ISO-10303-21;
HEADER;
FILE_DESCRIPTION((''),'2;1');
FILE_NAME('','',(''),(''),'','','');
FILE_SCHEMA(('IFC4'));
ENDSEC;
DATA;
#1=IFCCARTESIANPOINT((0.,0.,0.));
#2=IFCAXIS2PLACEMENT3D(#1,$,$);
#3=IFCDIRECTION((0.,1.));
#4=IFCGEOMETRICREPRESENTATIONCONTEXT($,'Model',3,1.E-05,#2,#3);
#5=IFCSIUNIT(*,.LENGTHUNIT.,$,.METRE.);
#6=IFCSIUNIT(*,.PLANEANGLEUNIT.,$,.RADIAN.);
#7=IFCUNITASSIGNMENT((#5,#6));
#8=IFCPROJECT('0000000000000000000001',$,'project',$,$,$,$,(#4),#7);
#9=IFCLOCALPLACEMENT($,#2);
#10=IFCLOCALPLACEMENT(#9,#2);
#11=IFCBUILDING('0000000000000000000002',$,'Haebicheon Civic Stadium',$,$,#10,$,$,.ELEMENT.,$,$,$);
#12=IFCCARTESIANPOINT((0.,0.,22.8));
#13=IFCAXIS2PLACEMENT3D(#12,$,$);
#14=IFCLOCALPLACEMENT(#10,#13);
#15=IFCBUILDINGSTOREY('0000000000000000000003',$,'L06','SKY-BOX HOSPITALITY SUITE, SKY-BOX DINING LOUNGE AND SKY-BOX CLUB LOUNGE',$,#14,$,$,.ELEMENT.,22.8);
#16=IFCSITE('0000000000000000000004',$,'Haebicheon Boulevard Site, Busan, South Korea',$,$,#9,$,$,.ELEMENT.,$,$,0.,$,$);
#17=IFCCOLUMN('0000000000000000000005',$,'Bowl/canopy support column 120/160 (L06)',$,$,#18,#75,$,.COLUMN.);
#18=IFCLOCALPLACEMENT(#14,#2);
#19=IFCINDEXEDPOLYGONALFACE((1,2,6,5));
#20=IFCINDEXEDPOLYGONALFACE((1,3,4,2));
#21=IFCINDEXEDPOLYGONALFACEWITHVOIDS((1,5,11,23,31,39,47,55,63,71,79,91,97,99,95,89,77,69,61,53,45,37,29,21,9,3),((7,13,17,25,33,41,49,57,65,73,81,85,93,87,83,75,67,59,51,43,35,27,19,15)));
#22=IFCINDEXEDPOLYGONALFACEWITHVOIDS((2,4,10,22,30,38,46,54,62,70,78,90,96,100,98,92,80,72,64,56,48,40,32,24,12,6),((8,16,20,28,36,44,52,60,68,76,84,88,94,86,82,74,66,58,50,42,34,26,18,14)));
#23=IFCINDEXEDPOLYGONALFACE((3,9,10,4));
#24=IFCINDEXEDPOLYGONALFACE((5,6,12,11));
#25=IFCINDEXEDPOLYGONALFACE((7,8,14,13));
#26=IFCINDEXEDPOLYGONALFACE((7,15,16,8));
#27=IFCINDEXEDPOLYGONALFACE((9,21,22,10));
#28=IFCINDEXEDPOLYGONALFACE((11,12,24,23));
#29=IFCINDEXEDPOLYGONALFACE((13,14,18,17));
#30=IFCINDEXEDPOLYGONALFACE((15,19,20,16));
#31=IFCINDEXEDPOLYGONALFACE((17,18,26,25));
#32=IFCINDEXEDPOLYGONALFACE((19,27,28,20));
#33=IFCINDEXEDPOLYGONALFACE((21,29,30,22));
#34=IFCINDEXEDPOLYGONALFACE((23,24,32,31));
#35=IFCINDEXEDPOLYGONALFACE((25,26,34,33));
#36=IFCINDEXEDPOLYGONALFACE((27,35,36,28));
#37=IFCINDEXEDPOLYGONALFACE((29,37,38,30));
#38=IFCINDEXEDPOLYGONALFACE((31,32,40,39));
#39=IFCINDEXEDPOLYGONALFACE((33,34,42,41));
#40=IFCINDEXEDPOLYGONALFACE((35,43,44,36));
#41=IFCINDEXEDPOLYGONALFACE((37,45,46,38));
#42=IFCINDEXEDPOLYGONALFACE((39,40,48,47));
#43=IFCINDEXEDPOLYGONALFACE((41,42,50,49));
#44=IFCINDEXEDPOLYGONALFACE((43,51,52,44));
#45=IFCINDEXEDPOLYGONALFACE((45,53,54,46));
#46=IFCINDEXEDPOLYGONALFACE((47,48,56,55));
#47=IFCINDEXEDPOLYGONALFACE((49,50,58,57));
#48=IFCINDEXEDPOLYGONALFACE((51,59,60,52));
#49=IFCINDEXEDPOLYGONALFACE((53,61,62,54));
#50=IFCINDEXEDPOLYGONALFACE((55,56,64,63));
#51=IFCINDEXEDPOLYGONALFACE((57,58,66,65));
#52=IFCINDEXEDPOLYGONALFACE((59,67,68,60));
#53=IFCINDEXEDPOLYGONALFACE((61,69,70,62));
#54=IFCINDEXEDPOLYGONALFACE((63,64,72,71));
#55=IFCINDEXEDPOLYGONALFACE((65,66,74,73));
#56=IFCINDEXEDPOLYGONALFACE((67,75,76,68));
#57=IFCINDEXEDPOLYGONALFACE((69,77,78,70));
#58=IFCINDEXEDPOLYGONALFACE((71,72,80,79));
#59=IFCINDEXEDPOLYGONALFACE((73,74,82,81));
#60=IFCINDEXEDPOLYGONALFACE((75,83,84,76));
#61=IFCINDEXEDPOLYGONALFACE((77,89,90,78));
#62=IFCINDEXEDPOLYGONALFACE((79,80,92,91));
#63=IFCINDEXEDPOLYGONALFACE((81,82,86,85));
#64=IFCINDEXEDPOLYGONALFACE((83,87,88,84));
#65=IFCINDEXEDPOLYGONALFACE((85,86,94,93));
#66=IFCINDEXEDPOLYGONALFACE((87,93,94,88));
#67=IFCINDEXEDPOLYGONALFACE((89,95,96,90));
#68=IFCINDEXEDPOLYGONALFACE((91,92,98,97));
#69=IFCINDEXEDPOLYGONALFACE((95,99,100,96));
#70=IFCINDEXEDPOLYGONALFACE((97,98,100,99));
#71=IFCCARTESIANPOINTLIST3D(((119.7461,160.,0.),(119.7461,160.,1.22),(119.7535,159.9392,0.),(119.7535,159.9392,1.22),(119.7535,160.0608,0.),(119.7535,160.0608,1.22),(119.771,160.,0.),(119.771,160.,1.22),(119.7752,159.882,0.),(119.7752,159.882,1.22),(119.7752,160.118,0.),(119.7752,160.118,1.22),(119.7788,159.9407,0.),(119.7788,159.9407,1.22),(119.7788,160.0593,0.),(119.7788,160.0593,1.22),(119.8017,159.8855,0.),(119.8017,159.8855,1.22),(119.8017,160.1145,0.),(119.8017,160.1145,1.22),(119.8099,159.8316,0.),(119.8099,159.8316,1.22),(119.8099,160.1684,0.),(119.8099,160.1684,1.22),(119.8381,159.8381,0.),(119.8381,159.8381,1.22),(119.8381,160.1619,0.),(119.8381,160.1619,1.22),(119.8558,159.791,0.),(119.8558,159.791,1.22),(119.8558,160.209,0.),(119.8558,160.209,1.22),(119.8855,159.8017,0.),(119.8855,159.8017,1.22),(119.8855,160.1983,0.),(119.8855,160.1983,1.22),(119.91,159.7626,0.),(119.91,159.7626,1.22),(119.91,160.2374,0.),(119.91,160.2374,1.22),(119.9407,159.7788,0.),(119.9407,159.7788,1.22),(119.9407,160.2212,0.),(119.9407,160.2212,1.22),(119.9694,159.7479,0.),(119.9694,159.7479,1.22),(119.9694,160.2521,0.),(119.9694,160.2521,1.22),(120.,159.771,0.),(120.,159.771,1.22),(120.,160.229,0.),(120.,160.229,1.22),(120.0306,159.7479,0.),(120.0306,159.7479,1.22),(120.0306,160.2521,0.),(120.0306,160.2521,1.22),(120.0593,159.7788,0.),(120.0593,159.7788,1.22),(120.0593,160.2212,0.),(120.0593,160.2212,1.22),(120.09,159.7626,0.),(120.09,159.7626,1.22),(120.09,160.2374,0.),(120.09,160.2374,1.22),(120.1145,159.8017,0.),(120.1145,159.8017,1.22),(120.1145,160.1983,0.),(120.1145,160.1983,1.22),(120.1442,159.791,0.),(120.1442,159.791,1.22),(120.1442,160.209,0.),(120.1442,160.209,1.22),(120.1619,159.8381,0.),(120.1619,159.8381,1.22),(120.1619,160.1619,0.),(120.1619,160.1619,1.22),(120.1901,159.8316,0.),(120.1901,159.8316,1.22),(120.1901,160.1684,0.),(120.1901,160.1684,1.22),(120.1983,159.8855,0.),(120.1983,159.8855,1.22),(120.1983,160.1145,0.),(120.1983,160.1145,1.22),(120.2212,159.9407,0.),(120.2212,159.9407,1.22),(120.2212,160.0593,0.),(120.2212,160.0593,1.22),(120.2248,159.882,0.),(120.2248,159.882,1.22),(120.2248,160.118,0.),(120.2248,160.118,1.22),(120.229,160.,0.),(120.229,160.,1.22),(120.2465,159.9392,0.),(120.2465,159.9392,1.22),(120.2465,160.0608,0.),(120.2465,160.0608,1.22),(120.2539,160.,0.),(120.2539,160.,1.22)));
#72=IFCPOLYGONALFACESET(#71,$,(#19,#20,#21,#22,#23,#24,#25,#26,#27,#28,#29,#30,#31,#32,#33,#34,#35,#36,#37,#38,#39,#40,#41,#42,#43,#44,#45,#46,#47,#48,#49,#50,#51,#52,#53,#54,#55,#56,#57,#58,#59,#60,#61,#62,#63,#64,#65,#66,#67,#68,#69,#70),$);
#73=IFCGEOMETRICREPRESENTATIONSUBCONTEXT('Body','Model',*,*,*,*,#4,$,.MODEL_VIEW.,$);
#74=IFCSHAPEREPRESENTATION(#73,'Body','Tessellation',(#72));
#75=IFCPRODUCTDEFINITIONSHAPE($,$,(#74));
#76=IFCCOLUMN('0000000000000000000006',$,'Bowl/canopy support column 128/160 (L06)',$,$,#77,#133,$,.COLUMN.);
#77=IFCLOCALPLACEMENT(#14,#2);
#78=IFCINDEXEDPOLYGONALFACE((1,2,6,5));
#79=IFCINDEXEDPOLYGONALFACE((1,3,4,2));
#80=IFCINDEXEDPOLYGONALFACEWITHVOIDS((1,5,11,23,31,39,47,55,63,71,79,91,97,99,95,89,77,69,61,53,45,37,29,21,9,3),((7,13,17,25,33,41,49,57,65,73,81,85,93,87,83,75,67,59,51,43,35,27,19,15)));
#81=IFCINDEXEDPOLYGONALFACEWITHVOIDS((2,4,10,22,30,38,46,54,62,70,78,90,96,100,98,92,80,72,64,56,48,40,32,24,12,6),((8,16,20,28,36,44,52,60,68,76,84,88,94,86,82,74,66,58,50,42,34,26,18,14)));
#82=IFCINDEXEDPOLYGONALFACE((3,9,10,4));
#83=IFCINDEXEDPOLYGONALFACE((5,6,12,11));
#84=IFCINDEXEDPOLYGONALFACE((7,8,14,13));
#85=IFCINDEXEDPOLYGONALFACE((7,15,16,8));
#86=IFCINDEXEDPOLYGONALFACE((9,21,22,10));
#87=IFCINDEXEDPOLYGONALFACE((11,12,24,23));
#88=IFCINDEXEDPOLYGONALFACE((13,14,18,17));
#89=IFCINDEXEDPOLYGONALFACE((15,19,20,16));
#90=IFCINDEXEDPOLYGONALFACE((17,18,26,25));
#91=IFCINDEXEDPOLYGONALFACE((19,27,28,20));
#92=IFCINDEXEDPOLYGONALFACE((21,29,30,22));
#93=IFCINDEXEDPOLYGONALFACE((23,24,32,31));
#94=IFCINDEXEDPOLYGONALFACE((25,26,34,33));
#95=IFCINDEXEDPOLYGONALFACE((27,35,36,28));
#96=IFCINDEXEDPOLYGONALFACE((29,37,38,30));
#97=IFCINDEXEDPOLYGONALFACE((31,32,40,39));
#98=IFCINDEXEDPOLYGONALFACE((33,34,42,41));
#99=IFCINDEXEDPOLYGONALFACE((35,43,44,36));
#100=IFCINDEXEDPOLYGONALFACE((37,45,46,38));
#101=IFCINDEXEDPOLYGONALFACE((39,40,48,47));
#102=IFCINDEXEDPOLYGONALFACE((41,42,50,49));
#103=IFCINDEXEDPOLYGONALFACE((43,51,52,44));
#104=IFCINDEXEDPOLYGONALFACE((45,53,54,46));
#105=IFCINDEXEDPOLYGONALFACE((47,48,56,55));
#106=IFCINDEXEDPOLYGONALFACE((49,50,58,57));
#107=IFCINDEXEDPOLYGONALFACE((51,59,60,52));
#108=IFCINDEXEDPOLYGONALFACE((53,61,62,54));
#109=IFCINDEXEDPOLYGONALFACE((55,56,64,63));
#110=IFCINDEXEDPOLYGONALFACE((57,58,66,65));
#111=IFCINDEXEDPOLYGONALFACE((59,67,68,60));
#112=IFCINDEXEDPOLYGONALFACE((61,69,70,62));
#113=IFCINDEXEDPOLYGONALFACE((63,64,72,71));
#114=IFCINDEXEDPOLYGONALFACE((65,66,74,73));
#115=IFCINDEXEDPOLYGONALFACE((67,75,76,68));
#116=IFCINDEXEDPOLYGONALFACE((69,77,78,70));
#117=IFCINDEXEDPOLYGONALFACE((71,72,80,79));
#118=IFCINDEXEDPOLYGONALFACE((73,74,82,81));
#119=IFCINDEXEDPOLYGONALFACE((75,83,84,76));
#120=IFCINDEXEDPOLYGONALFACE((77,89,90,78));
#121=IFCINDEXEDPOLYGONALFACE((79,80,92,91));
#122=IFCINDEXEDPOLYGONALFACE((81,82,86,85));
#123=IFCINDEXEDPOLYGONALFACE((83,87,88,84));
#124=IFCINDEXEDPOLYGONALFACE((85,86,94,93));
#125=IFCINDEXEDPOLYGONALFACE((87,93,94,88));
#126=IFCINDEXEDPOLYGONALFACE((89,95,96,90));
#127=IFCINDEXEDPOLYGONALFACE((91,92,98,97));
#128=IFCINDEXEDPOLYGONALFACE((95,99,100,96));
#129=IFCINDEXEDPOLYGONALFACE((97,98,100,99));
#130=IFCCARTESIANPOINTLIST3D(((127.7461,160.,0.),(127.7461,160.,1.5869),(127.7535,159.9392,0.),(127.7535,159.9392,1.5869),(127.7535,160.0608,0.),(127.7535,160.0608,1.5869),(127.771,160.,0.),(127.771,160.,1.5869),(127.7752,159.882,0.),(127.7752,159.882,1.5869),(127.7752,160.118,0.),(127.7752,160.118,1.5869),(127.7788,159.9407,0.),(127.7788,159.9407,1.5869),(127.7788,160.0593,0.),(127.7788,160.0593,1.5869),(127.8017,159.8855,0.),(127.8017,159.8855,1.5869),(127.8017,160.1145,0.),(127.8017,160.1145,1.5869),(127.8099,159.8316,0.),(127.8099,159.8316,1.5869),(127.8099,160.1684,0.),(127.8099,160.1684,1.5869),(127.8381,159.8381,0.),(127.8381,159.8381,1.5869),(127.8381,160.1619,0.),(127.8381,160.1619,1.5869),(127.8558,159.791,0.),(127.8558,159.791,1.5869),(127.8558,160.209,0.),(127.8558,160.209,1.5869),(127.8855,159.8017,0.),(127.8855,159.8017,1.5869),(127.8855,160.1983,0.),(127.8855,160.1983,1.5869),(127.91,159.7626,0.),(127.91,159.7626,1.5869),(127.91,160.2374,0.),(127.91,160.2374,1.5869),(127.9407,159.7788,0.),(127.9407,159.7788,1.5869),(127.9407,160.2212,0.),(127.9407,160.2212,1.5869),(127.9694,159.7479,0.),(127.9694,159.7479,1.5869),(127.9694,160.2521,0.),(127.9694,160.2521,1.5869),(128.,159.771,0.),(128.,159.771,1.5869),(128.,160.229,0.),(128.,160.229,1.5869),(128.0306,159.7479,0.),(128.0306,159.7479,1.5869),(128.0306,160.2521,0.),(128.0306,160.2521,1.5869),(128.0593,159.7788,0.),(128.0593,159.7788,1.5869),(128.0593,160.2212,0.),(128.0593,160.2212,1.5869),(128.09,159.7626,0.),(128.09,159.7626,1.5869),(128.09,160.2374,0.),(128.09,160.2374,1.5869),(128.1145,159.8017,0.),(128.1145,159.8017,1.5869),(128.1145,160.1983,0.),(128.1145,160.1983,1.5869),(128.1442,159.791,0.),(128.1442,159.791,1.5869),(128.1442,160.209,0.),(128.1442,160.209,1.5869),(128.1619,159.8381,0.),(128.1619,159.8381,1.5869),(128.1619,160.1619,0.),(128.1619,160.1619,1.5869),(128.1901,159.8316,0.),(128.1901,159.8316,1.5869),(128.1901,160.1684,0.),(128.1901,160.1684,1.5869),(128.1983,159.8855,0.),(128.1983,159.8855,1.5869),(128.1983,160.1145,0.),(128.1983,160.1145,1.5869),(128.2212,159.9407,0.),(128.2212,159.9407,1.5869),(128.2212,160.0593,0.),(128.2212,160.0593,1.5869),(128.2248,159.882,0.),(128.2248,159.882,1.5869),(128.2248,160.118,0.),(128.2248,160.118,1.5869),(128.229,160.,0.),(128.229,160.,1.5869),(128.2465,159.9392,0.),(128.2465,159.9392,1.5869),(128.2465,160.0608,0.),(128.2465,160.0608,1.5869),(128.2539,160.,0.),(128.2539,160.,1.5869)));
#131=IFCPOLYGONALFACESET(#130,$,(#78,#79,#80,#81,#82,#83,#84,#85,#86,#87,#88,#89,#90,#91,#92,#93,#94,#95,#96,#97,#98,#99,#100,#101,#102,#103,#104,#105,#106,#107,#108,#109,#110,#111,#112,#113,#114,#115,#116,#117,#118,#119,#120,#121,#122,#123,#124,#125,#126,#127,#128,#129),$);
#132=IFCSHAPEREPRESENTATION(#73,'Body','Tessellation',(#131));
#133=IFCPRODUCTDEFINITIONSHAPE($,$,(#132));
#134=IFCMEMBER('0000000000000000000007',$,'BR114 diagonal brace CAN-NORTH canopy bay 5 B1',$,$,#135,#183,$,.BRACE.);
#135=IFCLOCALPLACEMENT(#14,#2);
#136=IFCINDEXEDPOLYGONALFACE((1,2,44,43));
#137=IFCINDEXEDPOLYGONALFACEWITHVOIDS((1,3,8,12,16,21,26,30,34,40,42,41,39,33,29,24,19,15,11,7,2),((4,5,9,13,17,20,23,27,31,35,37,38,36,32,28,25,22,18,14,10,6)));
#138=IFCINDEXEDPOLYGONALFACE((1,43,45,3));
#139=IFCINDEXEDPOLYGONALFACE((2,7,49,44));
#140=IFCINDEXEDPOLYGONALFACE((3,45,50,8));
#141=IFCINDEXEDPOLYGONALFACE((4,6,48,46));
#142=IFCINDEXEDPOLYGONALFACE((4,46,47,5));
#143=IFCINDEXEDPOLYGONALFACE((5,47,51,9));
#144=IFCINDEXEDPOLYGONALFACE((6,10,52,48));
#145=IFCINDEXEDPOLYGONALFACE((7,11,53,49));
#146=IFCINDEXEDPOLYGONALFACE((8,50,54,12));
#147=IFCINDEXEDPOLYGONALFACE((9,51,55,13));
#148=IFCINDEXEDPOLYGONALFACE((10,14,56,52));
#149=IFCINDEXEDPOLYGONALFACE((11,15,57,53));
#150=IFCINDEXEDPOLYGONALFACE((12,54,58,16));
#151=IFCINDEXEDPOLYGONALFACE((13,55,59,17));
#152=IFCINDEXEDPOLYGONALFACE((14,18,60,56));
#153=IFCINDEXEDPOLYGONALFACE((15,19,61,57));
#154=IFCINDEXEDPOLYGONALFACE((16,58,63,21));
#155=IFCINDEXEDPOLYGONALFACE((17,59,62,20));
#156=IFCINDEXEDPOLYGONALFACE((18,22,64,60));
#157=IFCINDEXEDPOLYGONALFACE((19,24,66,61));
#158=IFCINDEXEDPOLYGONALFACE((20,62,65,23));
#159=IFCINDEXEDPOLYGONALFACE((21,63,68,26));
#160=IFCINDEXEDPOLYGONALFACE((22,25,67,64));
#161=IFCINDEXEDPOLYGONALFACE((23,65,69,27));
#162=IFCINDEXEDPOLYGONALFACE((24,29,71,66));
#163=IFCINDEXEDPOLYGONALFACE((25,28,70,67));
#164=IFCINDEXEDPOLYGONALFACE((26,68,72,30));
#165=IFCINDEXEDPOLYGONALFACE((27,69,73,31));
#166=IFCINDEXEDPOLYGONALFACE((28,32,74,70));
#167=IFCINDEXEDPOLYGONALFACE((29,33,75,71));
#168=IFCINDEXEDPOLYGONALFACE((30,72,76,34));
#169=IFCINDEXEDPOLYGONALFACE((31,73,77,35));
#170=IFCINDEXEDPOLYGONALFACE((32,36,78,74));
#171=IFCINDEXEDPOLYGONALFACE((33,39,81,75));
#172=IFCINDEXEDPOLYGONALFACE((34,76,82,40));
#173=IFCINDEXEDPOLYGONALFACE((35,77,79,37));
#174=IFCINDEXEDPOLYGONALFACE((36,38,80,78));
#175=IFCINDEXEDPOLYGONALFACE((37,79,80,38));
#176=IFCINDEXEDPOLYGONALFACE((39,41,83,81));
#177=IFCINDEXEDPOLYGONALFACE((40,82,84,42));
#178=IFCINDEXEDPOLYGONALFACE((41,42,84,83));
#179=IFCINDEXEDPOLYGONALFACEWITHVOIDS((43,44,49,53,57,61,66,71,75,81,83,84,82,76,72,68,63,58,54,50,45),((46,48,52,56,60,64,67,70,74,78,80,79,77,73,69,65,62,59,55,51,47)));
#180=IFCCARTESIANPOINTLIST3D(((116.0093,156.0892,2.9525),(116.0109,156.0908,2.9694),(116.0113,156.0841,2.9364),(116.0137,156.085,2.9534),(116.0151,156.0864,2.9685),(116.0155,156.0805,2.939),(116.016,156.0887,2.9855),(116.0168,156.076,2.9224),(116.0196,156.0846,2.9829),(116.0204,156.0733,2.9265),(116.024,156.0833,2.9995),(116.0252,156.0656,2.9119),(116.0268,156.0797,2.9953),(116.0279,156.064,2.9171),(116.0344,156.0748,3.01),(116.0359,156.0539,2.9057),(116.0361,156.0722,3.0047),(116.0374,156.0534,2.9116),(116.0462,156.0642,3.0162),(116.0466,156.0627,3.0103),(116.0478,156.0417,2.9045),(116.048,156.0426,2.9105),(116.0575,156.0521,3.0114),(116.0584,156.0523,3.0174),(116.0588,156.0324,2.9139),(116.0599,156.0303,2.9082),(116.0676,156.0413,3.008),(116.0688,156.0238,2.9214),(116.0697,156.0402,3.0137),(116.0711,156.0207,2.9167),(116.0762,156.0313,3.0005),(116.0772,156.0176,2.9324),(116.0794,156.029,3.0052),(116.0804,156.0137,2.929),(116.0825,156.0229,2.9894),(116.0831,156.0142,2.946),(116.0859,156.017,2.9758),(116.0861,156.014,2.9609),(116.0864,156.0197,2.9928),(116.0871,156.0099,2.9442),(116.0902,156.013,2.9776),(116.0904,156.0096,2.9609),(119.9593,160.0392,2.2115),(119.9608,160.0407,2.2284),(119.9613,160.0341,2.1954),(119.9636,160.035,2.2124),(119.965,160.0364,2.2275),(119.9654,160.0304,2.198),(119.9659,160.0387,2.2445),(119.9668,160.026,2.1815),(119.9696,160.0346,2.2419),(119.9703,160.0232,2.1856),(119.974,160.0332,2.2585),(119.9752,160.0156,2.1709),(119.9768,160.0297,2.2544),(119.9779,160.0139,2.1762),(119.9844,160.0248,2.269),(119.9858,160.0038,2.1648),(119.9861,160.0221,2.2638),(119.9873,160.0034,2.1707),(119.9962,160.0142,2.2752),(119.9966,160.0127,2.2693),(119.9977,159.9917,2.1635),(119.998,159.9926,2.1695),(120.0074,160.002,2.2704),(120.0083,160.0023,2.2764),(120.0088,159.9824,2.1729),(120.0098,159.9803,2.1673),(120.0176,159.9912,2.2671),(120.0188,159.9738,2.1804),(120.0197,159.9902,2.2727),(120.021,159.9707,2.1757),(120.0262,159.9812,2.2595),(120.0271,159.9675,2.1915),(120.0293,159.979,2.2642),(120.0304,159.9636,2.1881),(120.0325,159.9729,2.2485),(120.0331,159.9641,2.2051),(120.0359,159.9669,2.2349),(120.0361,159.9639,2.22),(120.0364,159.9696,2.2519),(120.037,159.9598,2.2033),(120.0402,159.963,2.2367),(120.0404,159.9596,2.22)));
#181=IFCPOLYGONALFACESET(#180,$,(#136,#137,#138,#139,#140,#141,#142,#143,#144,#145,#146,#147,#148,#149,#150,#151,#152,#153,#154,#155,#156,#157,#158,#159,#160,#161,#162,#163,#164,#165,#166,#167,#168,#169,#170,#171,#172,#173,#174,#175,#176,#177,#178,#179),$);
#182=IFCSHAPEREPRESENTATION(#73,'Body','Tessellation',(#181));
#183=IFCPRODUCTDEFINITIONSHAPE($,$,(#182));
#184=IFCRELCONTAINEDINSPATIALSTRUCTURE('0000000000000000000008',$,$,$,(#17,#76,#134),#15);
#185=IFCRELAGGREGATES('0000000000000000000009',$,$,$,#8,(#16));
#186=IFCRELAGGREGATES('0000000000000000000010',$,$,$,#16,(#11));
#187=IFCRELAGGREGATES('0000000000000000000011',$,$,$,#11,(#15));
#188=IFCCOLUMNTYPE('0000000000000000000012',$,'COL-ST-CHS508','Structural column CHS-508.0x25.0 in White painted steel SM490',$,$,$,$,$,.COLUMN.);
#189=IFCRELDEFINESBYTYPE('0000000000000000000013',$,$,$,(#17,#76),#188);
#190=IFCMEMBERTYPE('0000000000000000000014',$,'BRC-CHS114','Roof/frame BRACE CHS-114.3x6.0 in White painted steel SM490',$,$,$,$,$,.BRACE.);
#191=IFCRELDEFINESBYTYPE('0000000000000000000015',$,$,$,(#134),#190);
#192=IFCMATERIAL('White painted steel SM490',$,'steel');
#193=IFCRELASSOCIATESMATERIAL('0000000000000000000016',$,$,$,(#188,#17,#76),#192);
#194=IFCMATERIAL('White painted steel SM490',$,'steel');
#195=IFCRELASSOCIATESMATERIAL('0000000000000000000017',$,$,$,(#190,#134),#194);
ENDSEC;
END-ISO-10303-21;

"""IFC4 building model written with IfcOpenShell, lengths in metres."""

from ifc_helpers import new_model, si_unit, direction, frame, origin, origin_2d, place, context, subcontext, project, spatial, hollow_circle, extrude, material, material_profile, profile_set, type_object, element, save


model = new_model("IFC4")

# Units and contexts
model_context = context("Model", 3, precision=1e-05, world=origin(), true_north=direction((0.0, 1.0)))
body_context = subcontext(model_context, "Body", "Model", "MODEL_VIEW")
ifc_project = project(units=[si_unit("LENGTHUNIT", "METRE"), si_unit("PLANEANGLEUNIT", "RADIAN")], contexts=[model_context])

# Site, building, storey
site_placement = place(None, origin())
site = spatial("IfcSite", under=ifc_project, at=site_placement, Name="Haebicheon Boulevard Site, Busan, South Korea", CompositionType="ELEMENT", RefElevation=0.0)
building_placement = place(site_placement, origin())
building = spatial("IfcBuilding", under=site, at=building_placement, Name="Haebicheon Civic Stadium", CompositionType="ELEMENT")
storey_placement = place(building_placement, frame((0.0, 0.0, 22.8)))
storey = spatial("IfcBuildingStorey", under=building, at=storey_placement, Name="L06", Description="SKY-BOX HOSPITALITY SUITE, SKY-BOX DINING LOUNGE AND SKY-BOX CLUB LOUNGE", CompositionType="ELEMENT", Elevation=22.8)

# Columns
ifc_material_1 = material(Name="White painted steel SM490", Category="steel")
ifc_material_profile_1 = material_profile(ifc_material_1, hollow_circle(Radius=0.2539, WallThickness=0.0249, at=origin_2d()), Name="CHS-508.0x25.0")
ifc_profile_set_1 = profile_set([ifc_material_profile_1], Name="White painted steel SM490")
column_type = type_object("IfcColumnType", Name="COL-ST-CHS508", Description="Structural column CHS-508.0x25.0 in White painted steel SM490", PredefinedType="COLUMN", material=ifc_profile_set_1)
column_1_placement = place(storey_placement, frame((120.0, 160.0, 0.0), z_axis=(0.0, 0.0, 1.0), x_axis=(1.0, 0.0, 0.0)))
element("IfcColumn", 1, at=column_1_placement, inside=storey, type_object=column_type, material=ifc_profile_set_1, Name="Bowl/canopy support column 120/160 (L06)", PredefinedType="COLUMN", context=body_context, shape_type="SweptSolid", body=[
    extrude(hollow_circle(Radius=0.2539, WallThickness=0.0249, at=origin_2d()), origin(), (0.0, 0.0, 1.0), 1.22),
])
column_2_placement = place(storey_placement, frame((128.0, 160.0, 0.0), z_axis=(0.0, 0.0, 1.0), x_axis=(1.0, 0.0, 0.0)))
element("IfcColumn", 2, at=column_2_placement, inside=storey, type_object=column_type, material=ifc_profile_set_1, Name="Bowl/canopy support column 128/160 (L06)", PredefinedType="COLUMN", context=body_context, shape_type="SweptSolid", body=[
    extrude(hollow_circle(Radius=0.2539, WallThickness=0.0249, at=origin_2d()), origin(), (0.0, 0.0, 1.0), 1.5869),
])

# Member
ifc_material_2 = material(Name="White painted steel SM490", Category="steel")
ifc_material_profile_2 = material_profile(ifc_material_2, hollow_circle(Radius=0.0571, WallThickness=0.0061, at=origin_2d()), Name="CHS-114.3x6.0")
ifc_profile_set_2 = profile_set([ifc_material_profile_2], Name="White painted steel SM490")
member_type_1 = type_object("IfcMemberType", Name="BRC-CHS114", Description="Roof/frame BRACE CHS-114.3x6.0 in White painted steel SM490", PredefinedType="BRACE", material=ifc_profile_set_2)
member_1_placement = place(storey_placement, frame((120.0, 160.0, 2.22), z_axis=(-0.700967, -0.700967, 0.131494), x_axis=(0.707107, -0.707107, 0.0)))
element("IfcMember", 3, at=member_1_placement, inside=storey, type_object=member_type_1, material=ifc_profile_set_2, Name="BR114 diagonal brace CAN-NORTH canopy bay 5 B1", PredefinedType="BRACE", context=body_context, shape_type="SweptSolid", body=[
    extrude(hollow_circle(Radius=0.0571, WallThickness=0.0061, at=origin_2d()), origin(), (0.0, 0.0, 1.0), 5.635),
])

save(model, "model.ifc")
